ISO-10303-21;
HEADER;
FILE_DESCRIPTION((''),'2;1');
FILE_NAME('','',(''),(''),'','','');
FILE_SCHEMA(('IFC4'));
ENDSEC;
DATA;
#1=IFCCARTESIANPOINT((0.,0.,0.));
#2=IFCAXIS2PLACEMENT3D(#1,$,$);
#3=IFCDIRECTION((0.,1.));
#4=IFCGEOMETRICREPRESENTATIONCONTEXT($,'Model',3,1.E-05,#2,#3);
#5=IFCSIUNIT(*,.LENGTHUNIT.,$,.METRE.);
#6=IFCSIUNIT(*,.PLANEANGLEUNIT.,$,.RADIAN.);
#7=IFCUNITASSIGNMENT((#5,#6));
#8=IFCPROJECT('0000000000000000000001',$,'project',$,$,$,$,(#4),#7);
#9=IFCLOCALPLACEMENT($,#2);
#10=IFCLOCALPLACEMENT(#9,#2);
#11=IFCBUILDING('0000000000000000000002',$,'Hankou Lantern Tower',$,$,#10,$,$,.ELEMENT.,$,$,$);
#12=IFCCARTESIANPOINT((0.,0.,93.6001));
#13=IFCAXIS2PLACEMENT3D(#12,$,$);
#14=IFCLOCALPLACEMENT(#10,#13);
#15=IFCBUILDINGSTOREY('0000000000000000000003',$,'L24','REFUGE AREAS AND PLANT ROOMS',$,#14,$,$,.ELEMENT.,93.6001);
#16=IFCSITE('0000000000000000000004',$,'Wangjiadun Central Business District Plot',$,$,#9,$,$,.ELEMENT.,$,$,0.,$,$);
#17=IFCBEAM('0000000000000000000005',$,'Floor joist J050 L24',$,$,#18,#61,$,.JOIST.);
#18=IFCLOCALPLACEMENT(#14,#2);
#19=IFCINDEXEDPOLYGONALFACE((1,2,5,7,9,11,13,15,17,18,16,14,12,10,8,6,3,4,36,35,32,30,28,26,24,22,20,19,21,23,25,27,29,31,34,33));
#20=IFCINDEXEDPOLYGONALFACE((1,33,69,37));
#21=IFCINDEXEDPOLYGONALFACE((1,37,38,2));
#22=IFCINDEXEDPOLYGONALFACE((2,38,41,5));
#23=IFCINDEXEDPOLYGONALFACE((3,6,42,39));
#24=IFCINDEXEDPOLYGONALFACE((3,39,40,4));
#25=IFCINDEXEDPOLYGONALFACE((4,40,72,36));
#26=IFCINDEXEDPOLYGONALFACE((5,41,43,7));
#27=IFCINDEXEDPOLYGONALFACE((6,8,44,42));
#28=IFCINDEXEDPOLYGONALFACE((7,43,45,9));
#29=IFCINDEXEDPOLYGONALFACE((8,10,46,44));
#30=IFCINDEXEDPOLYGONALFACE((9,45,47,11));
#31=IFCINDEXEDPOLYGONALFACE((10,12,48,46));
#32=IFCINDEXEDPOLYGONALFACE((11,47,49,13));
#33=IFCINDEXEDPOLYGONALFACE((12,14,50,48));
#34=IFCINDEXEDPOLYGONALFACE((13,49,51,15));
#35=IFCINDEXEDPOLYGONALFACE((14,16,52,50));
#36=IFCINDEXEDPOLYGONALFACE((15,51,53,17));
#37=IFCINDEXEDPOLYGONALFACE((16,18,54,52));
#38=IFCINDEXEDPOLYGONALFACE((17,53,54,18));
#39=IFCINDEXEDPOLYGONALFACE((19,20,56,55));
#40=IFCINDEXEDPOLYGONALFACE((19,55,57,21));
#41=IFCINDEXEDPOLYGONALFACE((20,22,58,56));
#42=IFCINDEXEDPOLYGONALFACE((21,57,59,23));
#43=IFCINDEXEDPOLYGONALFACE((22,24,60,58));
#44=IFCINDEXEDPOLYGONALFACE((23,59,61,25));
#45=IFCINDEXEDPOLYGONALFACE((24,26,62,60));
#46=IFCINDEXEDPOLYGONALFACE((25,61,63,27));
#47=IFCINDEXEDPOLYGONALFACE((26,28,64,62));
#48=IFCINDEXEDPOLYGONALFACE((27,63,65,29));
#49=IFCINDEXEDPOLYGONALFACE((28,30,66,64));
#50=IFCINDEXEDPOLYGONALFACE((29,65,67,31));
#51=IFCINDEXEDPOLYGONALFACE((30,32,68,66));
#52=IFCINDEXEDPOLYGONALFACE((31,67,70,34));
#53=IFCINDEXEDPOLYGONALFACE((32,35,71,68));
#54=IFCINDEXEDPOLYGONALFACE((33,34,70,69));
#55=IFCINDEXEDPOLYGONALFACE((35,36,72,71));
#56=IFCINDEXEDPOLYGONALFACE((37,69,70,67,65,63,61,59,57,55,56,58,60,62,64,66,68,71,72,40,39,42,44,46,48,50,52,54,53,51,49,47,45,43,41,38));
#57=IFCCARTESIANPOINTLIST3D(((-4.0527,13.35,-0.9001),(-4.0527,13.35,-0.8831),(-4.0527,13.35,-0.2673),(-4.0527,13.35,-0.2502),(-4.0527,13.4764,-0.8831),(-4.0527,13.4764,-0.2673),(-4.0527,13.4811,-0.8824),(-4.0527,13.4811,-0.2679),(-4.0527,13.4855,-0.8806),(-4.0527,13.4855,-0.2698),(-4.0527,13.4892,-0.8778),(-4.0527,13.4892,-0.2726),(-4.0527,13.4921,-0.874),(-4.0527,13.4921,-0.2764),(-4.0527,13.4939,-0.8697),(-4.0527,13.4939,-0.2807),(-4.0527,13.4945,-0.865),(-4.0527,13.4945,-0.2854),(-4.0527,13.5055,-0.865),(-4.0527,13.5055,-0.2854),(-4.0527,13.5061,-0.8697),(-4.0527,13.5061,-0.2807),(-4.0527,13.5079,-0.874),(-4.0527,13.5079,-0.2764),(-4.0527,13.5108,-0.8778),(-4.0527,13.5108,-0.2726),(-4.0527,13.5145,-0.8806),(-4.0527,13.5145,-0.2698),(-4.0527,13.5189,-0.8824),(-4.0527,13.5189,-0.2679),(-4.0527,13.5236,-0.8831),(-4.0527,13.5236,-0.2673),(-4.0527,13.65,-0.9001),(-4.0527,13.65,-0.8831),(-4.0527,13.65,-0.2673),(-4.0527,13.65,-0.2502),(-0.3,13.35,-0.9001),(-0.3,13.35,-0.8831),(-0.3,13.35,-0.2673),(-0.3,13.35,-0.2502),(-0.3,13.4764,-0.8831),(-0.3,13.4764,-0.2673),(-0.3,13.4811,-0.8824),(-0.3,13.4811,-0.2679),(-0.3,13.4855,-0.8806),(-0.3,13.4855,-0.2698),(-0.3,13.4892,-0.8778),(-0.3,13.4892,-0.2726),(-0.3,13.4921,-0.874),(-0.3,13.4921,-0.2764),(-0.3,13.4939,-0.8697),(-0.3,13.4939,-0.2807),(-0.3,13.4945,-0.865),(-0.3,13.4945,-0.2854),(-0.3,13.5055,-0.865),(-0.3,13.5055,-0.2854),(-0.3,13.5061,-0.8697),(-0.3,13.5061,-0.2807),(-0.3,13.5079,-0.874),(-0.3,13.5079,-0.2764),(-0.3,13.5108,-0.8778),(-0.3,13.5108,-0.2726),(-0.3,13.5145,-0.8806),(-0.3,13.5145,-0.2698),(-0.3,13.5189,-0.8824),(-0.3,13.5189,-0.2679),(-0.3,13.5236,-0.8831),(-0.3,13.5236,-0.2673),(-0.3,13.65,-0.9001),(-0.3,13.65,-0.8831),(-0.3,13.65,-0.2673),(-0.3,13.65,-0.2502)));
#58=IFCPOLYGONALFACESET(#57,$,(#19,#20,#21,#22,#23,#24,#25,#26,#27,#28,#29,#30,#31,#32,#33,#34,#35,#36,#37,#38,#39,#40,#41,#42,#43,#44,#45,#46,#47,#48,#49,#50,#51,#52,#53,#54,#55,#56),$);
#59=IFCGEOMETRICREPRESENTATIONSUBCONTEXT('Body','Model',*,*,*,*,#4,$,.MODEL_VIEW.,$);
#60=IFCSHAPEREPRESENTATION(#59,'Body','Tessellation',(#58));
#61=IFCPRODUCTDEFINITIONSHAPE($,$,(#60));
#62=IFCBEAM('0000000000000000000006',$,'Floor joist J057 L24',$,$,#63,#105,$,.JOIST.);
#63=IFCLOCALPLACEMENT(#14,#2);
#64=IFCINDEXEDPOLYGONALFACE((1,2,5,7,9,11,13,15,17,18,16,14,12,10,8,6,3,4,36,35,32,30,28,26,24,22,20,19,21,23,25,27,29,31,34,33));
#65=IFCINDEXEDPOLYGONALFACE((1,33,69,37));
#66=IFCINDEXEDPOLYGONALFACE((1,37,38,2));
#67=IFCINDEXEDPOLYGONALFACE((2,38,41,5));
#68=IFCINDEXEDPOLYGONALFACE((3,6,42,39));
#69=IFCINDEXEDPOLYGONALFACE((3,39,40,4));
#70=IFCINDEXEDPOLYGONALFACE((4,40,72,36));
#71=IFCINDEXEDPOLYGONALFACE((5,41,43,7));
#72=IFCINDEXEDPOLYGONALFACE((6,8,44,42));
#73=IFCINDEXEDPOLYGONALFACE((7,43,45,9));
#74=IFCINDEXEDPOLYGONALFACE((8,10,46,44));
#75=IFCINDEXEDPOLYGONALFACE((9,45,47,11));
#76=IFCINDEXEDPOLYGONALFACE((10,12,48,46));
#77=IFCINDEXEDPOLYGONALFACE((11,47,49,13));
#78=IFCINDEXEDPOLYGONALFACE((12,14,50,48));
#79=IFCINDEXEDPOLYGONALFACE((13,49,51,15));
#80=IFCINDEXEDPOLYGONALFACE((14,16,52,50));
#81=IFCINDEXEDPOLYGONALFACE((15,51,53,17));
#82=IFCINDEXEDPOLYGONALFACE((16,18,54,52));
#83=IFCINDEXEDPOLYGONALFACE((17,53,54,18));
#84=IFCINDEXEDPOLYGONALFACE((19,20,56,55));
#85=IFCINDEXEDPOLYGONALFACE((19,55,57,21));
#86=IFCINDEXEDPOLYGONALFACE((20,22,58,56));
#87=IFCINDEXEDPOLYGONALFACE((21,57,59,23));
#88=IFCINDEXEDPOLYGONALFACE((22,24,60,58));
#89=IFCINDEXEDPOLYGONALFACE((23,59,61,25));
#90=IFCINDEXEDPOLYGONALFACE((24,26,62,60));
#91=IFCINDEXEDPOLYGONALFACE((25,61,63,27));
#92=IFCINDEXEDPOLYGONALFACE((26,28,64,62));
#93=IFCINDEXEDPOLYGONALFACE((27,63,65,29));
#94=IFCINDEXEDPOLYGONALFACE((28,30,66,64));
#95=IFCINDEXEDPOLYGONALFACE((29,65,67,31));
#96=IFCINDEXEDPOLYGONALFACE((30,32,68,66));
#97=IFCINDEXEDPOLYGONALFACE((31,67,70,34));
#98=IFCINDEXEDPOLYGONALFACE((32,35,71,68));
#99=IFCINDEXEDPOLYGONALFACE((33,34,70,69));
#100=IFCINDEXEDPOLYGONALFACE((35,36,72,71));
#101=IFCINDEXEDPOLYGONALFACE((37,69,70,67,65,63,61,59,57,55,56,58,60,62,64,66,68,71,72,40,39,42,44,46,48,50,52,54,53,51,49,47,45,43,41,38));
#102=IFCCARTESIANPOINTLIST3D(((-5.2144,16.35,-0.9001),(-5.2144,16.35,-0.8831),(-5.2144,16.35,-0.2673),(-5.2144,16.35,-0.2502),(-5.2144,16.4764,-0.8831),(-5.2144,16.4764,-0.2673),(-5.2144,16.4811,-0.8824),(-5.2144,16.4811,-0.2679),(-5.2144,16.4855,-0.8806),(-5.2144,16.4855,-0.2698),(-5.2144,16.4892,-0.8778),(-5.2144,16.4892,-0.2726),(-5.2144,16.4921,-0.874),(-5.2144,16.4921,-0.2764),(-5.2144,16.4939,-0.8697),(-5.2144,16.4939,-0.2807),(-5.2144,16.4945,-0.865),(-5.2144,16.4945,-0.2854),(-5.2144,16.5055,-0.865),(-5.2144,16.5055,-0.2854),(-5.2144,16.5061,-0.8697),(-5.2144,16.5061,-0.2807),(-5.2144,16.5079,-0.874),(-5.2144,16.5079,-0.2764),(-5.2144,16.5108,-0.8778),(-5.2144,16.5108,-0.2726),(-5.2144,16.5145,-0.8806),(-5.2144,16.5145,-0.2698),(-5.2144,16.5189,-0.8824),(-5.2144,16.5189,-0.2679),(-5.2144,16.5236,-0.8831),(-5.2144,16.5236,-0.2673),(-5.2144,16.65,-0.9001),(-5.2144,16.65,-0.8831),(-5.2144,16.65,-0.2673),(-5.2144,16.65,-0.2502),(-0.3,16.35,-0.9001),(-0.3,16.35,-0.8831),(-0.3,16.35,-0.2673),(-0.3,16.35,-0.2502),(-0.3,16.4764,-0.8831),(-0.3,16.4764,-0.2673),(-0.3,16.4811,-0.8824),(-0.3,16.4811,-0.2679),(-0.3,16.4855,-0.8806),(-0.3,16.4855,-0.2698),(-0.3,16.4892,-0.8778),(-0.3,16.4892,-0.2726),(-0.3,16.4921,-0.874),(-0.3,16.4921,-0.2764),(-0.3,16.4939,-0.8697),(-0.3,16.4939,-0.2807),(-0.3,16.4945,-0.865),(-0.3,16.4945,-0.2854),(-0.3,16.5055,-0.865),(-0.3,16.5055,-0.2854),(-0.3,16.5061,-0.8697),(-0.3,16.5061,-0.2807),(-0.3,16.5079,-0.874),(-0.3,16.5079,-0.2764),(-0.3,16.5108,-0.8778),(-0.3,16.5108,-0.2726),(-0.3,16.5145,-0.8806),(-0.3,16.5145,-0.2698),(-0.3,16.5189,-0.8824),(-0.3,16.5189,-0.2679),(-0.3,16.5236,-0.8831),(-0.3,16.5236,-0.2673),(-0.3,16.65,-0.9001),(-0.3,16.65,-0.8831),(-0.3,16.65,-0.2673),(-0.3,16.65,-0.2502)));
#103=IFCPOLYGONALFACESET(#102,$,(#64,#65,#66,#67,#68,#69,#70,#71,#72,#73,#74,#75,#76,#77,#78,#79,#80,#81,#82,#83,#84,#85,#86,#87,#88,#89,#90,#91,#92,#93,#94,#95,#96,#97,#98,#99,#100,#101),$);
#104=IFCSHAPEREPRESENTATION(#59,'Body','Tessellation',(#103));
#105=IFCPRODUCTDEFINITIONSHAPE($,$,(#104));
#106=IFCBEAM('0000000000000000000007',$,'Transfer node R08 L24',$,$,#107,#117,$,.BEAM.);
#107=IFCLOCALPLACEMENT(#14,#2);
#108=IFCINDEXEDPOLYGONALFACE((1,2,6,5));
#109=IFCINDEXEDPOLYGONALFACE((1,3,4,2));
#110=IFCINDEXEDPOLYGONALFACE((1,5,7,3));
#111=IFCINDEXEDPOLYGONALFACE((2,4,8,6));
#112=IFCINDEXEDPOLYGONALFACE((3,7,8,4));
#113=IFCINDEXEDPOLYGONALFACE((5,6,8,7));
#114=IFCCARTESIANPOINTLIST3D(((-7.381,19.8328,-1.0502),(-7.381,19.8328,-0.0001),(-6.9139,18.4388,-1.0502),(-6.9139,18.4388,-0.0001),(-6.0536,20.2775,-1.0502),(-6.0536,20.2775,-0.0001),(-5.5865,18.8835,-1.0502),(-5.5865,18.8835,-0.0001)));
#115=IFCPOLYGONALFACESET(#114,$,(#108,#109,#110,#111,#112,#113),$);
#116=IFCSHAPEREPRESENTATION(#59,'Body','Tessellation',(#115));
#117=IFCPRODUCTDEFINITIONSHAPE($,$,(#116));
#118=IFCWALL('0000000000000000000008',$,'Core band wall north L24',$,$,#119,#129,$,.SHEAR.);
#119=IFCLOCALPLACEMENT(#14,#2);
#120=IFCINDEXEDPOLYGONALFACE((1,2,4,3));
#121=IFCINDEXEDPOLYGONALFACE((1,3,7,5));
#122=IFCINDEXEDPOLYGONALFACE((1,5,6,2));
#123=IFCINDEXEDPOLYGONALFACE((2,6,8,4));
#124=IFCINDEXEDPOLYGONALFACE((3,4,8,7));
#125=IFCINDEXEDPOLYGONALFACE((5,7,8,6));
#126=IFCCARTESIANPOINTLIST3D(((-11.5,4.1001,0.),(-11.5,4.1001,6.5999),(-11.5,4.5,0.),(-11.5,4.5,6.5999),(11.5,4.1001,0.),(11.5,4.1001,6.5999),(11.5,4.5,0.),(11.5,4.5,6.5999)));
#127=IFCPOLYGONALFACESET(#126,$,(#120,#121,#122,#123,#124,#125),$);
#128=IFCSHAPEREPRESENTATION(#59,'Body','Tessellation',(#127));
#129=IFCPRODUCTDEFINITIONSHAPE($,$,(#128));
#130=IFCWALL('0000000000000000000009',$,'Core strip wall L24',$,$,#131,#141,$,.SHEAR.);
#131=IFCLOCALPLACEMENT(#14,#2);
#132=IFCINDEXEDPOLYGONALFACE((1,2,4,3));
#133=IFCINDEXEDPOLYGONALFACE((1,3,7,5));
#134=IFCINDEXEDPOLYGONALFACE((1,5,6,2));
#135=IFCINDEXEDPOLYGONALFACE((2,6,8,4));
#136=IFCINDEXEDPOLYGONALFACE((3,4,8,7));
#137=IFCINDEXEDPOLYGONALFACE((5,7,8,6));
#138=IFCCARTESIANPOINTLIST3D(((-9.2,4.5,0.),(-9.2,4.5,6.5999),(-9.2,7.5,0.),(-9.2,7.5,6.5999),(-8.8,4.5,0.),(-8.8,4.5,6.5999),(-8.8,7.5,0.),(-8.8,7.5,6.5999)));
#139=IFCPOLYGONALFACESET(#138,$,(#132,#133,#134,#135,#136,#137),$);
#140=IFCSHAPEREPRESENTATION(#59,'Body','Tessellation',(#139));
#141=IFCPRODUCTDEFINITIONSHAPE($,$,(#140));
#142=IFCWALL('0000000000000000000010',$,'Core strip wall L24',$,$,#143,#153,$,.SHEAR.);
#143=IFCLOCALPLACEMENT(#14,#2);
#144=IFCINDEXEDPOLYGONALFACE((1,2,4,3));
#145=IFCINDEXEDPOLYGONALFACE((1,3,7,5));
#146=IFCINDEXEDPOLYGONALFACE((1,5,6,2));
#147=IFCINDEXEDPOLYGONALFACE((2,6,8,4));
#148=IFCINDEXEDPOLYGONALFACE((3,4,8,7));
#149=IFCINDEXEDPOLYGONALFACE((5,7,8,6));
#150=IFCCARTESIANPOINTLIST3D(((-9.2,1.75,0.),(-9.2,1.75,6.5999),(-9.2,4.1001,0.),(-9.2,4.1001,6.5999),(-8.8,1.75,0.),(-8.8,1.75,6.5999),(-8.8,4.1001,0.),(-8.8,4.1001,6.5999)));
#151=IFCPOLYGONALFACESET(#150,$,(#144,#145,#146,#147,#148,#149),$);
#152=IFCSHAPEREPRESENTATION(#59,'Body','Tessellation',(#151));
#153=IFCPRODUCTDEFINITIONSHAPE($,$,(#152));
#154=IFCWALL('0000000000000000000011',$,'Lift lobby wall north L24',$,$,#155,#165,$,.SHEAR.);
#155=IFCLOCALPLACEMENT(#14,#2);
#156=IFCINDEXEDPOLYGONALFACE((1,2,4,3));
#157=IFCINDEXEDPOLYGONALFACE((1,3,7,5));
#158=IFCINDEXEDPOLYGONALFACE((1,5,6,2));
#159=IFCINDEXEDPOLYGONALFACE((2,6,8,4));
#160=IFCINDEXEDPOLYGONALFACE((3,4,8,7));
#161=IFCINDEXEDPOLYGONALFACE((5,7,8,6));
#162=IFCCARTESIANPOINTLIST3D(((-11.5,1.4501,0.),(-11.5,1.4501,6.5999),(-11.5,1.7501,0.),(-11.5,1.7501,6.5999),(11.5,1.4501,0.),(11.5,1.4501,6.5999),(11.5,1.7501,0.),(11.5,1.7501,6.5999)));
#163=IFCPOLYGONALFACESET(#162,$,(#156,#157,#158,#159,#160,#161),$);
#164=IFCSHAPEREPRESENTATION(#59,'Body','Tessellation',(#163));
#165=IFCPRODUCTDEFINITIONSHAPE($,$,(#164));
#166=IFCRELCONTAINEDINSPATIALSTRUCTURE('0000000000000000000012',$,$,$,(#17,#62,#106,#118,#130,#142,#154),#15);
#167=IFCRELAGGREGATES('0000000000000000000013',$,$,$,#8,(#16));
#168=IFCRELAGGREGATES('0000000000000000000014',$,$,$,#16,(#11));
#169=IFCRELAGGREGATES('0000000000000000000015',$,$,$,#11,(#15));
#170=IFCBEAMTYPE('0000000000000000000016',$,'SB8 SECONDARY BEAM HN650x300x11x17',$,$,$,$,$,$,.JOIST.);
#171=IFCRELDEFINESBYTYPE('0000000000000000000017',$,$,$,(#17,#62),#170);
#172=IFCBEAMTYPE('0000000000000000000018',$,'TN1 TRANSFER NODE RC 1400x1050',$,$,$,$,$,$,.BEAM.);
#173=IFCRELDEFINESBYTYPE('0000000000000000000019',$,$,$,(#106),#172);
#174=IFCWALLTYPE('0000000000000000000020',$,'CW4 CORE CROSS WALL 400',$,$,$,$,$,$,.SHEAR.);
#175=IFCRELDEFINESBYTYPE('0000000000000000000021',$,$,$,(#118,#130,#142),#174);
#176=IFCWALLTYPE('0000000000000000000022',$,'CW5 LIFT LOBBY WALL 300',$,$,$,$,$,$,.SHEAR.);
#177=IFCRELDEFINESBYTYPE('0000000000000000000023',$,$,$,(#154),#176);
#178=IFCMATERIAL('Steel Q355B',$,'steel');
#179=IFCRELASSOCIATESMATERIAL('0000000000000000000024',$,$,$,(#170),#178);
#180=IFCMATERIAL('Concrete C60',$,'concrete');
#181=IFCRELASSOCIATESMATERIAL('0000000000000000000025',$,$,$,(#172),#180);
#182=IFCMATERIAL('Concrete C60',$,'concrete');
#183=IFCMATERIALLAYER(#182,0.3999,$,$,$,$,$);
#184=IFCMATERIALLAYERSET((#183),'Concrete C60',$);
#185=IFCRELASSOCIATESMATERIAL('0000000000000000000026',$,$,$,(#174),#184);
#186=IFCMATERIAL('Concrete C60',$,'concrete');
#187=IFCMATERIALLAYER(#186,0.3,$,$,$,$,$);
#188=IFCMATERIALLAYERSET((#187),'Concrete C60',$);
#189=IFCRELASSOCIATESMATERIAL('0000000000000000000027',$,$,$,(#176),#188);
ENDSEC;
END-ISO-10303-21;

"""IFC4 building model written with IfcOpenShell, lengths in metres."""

from ifc_helpers import new_model, si_unit, direction, frame, frame_2d, origin, origin_2d, place, context, subcontext, project, spatial, rectangle, i_section, extrude, material, layer, layer_set, material_profile, profile_set, type_object, element, save


model = new_model("IFC4")

# Units and contexts
model_context = context("Model", 3, precision=1e-05, world=origin(), true_north=direction((0.0, 1.0)))
body_context = subcontext(model_context, "Body", "Model", "MODEL_VIEW")
ifc_project = project(units=[si_unit("LENGTHUNIT", "METRE"), si_unit("PLANEANGLEUNIT", "RADIAN")], contexts=[model_context])

# Site, building, storey
site_placement = place(None, origin())
site = spatial("IfcSite", under=ifc_project, at=site_placement, Name="Wangjiadun Central Business District Plot", CompositionType="ELEMENT", RefElevation=0.0)
building_placement = place(site_placement, origin())
building = spatial("IfcBuilding", under=site, at=building_placement, Name="Hankou Lantern Tower", CompositionType="ELEMENT")
storey_placement = place(building_placement, frame((0.0, 0.0, 93.6001)))
storey = spatial("IfcBuildingStorey", under=building, at=storey_placement, Name="L24", Description="REFUGE AREAS AND PLANT ROOMS", CompositionType="ELEMENT", Elevation=93.6001)

# Beams
ifc_material_1 = material(Name="Steel Q355B", Category="steel")
ifc_material_profile_1 = material_profile(ifc_material_1, i_section(OverallWidth=0.3, OverallDepth=0.6499, WebThickness=0.011, FlangeThickness=0.0171, FilletRadius=0.0181, at=origin_2d()), Name="HN650x300x11x17")
ifc_profile_set_1 = profile_set([ifc_material_profile_1], Name="Steel Q355B")
beam_type_1 = type_object("IfcBeamType", Name="SB8 SECONDARY BEAM HN650x300x11x17", PredefinedType="JOIST", material=ifc_profile_set_1)
beam_1_placement = place(storey_placement, frame((-4.0527, 13.5, -0.5752), z_axis=(1.0, 0.0, 0.0), x_axis=(0.0, 1.0, 0.0)))
element("IfcBeam", 1, at=beam_1_placement, inside=storey, type_object=beam_type_1, Name="Floor joist J050 L24", PredefinedType="JOIST", context=body_context, shape_type="SweptSolid", body=[
    extrude(i_section(OverallWidth=0.3, OverallDepth=0.6499, WebThickness=0.011, FlangeThickness=0.0171, FilletRadius=0.0181, at=origin_2d()), origin(), (0.0, 0.0, 1.0), 3.7527),
])
beam_2_placement = place(storey_placement, frame((-5.2144, 16.5, -0.5752), z_axis=(1.0, 0.0, 0.0), x_axis=(0.0, 1.0, 0.0)))
element("IfcBeam", 2, at=beam_2_placement, inside=storey, type_object=beam_type_1, Name="Floor joist J057 L24", PredefinedType="JOIST", context=body_context, shape_type="SweptSolid", body=[
    extrude(i_section(OverallWidth=0.3, OverallDepth=0.6499, WebThickness=0.011, FlangeThickness=0.0171, FilletRadius=0.0181, at=origin_2d()), origin(), (0.0, 0.0, 1.0), 4.9143),
])
ifc_material_2 = material(Name="Concrete C60", Category="concrete")
ifc_material_profile_2 = material_profile(ifc_material_2, rectangle(XDim=1.3999, YDim=1.05, at=origin_2d()), Name="RC 1400x1050")
ifc_profile_set_2 = profile_set([ifc_material_profile_2], Name="Concrete C60")
beam_type_2 = type_object("IfcBeamType", Name="TN1 TRANSFER NODE RC 1400x1050", PredefinedType="BEAM", material=ifc_profile_set_2)
beam_3_placement = place(storey_placement, frame((-6.7173, 20.0552, -0.5251), z_axis=(0.317672, -0.948201, 0.0), x_axis=(0.948201, 0.317672, 0.0)))
element("IfcBeam", 3, at=beam_3_placement, inside=storey, type_object=beam_type_2, Name="Transfer node R08 L24", PredefinedType="BEAM", context=body_context, shape_type="SweptSolid", body=[
    extrude(rectangle(XDim=1.3999, YDim=1.05, at=origin_2d()), origin(), (0.0, 0.0, 1.0), 1.4702),
])

# Walls
ifc_material_3 = material(Name="Concrete C60", Category="concrete")
ifc_layer_1 = layer(ifc_material_3, 0.3999)
ifc_layer_set_1 = layer_set([ifc_layer_1], Name="Concrete C60")
wall_type_1 = type_object("IfcWallType", Name="CW4 CORE CROSS WALL 400", PredefinedType="SHEAR", material=ifc_layer_set_1)
wall_1_placement = place(storey_placement, frame((-11.5, 4.3, 0.0), z_axis=(0.0, 0.0, 1.0), x_axis=(1.0, 0.0, 0.0)))
element("IfcWall", 4, at=wall_1_placement, inside=storey, type_object=wall_type_1, Name="Core band wall north L24", PredefinedType="SHEAR", context=body_context, shape_type="SweptSolid", body=[
    extrude(rectangle(XDim=23.0, YDim=0.3999, at=frame_2d((11.5, 0.0))), origin(), (0.0, 0.0, 1.0), 6.5999),
])
wall_2_placement = place(storey_placement, frame((-9.0, 4.5, 0.0), z_axis=(0.0, 0.0, 1.0), x_axis=(0.0, 1.0, 0.0)))
element("IfcWall", 5, at=wall_2_placement, inside=storey, type_object=wall_type_1, Name="Core strip wall L24", PredefinedType="SHEAR", context=body_context, shape_type="SweptSolid", body=[
    extrude(rectangle(XDim=3.0, YDim=0.3999, at=frame_2d((1.5, 0.0))), origin(), (0.0, 0.0, 1.0), 6.5999),
])
wall_3_placement = place(storey_placement, frame((-9.0, 1.75, 0.0), z_axis=(0.0, 0.0, 1.0), x_axis=(0.0, 1.0, 0.0)))
element("IfcWall", 6, at=wall_3_placement, inside=storey, type_object=wall_type_1, Name="Core strip wall L24", PredefinedType="SHEAR", context=body_context, shape_type="SweptSolid", body=[
    extrude(rectangle(XDim=2.3501, YDim=0.3999, at=frame_2d((1.175, 0.0))), origin(), (0.0, 0.0, 1.0), 6.5999),
])
ifc_material_4 = material(Name="Concrete C60", Category="concrete")
ifc_layer_2 = layer(ifc_material_4, 0.3)
ifc_layer_set_2 = layer_set([ifc_layer_2], Name="Concrete C60")
wall_type_2 = type_object("IfcWallType", Name="CW5 LIFT LOBBY WALL 300", PredefinedType="SHEAR", material=ifc_layer_set_2)
wall_4_placement = place(storey_placement, frame((-11.5, 1.6001, 0.0), z_axis=(0.0, 0.0, 1.0), x_axis=(1.0, 0.0, 0.0)))
element("IfcWall", 7, at=wall_4_placement, inside=storey, type_object=wall_type_2, Name="Lift lobby wall north L24", PredefinedType="SHEAR", context=body_context, shape_type="SweptSolid", body=[
    extrude(rectangle(XDim=23.0, YDim=0.3, at=frame_2d((11.5, 0.0))), origin(), (0.0, 0.0, 1.0), 6.5999),
])

save(model, "model.ifc")
